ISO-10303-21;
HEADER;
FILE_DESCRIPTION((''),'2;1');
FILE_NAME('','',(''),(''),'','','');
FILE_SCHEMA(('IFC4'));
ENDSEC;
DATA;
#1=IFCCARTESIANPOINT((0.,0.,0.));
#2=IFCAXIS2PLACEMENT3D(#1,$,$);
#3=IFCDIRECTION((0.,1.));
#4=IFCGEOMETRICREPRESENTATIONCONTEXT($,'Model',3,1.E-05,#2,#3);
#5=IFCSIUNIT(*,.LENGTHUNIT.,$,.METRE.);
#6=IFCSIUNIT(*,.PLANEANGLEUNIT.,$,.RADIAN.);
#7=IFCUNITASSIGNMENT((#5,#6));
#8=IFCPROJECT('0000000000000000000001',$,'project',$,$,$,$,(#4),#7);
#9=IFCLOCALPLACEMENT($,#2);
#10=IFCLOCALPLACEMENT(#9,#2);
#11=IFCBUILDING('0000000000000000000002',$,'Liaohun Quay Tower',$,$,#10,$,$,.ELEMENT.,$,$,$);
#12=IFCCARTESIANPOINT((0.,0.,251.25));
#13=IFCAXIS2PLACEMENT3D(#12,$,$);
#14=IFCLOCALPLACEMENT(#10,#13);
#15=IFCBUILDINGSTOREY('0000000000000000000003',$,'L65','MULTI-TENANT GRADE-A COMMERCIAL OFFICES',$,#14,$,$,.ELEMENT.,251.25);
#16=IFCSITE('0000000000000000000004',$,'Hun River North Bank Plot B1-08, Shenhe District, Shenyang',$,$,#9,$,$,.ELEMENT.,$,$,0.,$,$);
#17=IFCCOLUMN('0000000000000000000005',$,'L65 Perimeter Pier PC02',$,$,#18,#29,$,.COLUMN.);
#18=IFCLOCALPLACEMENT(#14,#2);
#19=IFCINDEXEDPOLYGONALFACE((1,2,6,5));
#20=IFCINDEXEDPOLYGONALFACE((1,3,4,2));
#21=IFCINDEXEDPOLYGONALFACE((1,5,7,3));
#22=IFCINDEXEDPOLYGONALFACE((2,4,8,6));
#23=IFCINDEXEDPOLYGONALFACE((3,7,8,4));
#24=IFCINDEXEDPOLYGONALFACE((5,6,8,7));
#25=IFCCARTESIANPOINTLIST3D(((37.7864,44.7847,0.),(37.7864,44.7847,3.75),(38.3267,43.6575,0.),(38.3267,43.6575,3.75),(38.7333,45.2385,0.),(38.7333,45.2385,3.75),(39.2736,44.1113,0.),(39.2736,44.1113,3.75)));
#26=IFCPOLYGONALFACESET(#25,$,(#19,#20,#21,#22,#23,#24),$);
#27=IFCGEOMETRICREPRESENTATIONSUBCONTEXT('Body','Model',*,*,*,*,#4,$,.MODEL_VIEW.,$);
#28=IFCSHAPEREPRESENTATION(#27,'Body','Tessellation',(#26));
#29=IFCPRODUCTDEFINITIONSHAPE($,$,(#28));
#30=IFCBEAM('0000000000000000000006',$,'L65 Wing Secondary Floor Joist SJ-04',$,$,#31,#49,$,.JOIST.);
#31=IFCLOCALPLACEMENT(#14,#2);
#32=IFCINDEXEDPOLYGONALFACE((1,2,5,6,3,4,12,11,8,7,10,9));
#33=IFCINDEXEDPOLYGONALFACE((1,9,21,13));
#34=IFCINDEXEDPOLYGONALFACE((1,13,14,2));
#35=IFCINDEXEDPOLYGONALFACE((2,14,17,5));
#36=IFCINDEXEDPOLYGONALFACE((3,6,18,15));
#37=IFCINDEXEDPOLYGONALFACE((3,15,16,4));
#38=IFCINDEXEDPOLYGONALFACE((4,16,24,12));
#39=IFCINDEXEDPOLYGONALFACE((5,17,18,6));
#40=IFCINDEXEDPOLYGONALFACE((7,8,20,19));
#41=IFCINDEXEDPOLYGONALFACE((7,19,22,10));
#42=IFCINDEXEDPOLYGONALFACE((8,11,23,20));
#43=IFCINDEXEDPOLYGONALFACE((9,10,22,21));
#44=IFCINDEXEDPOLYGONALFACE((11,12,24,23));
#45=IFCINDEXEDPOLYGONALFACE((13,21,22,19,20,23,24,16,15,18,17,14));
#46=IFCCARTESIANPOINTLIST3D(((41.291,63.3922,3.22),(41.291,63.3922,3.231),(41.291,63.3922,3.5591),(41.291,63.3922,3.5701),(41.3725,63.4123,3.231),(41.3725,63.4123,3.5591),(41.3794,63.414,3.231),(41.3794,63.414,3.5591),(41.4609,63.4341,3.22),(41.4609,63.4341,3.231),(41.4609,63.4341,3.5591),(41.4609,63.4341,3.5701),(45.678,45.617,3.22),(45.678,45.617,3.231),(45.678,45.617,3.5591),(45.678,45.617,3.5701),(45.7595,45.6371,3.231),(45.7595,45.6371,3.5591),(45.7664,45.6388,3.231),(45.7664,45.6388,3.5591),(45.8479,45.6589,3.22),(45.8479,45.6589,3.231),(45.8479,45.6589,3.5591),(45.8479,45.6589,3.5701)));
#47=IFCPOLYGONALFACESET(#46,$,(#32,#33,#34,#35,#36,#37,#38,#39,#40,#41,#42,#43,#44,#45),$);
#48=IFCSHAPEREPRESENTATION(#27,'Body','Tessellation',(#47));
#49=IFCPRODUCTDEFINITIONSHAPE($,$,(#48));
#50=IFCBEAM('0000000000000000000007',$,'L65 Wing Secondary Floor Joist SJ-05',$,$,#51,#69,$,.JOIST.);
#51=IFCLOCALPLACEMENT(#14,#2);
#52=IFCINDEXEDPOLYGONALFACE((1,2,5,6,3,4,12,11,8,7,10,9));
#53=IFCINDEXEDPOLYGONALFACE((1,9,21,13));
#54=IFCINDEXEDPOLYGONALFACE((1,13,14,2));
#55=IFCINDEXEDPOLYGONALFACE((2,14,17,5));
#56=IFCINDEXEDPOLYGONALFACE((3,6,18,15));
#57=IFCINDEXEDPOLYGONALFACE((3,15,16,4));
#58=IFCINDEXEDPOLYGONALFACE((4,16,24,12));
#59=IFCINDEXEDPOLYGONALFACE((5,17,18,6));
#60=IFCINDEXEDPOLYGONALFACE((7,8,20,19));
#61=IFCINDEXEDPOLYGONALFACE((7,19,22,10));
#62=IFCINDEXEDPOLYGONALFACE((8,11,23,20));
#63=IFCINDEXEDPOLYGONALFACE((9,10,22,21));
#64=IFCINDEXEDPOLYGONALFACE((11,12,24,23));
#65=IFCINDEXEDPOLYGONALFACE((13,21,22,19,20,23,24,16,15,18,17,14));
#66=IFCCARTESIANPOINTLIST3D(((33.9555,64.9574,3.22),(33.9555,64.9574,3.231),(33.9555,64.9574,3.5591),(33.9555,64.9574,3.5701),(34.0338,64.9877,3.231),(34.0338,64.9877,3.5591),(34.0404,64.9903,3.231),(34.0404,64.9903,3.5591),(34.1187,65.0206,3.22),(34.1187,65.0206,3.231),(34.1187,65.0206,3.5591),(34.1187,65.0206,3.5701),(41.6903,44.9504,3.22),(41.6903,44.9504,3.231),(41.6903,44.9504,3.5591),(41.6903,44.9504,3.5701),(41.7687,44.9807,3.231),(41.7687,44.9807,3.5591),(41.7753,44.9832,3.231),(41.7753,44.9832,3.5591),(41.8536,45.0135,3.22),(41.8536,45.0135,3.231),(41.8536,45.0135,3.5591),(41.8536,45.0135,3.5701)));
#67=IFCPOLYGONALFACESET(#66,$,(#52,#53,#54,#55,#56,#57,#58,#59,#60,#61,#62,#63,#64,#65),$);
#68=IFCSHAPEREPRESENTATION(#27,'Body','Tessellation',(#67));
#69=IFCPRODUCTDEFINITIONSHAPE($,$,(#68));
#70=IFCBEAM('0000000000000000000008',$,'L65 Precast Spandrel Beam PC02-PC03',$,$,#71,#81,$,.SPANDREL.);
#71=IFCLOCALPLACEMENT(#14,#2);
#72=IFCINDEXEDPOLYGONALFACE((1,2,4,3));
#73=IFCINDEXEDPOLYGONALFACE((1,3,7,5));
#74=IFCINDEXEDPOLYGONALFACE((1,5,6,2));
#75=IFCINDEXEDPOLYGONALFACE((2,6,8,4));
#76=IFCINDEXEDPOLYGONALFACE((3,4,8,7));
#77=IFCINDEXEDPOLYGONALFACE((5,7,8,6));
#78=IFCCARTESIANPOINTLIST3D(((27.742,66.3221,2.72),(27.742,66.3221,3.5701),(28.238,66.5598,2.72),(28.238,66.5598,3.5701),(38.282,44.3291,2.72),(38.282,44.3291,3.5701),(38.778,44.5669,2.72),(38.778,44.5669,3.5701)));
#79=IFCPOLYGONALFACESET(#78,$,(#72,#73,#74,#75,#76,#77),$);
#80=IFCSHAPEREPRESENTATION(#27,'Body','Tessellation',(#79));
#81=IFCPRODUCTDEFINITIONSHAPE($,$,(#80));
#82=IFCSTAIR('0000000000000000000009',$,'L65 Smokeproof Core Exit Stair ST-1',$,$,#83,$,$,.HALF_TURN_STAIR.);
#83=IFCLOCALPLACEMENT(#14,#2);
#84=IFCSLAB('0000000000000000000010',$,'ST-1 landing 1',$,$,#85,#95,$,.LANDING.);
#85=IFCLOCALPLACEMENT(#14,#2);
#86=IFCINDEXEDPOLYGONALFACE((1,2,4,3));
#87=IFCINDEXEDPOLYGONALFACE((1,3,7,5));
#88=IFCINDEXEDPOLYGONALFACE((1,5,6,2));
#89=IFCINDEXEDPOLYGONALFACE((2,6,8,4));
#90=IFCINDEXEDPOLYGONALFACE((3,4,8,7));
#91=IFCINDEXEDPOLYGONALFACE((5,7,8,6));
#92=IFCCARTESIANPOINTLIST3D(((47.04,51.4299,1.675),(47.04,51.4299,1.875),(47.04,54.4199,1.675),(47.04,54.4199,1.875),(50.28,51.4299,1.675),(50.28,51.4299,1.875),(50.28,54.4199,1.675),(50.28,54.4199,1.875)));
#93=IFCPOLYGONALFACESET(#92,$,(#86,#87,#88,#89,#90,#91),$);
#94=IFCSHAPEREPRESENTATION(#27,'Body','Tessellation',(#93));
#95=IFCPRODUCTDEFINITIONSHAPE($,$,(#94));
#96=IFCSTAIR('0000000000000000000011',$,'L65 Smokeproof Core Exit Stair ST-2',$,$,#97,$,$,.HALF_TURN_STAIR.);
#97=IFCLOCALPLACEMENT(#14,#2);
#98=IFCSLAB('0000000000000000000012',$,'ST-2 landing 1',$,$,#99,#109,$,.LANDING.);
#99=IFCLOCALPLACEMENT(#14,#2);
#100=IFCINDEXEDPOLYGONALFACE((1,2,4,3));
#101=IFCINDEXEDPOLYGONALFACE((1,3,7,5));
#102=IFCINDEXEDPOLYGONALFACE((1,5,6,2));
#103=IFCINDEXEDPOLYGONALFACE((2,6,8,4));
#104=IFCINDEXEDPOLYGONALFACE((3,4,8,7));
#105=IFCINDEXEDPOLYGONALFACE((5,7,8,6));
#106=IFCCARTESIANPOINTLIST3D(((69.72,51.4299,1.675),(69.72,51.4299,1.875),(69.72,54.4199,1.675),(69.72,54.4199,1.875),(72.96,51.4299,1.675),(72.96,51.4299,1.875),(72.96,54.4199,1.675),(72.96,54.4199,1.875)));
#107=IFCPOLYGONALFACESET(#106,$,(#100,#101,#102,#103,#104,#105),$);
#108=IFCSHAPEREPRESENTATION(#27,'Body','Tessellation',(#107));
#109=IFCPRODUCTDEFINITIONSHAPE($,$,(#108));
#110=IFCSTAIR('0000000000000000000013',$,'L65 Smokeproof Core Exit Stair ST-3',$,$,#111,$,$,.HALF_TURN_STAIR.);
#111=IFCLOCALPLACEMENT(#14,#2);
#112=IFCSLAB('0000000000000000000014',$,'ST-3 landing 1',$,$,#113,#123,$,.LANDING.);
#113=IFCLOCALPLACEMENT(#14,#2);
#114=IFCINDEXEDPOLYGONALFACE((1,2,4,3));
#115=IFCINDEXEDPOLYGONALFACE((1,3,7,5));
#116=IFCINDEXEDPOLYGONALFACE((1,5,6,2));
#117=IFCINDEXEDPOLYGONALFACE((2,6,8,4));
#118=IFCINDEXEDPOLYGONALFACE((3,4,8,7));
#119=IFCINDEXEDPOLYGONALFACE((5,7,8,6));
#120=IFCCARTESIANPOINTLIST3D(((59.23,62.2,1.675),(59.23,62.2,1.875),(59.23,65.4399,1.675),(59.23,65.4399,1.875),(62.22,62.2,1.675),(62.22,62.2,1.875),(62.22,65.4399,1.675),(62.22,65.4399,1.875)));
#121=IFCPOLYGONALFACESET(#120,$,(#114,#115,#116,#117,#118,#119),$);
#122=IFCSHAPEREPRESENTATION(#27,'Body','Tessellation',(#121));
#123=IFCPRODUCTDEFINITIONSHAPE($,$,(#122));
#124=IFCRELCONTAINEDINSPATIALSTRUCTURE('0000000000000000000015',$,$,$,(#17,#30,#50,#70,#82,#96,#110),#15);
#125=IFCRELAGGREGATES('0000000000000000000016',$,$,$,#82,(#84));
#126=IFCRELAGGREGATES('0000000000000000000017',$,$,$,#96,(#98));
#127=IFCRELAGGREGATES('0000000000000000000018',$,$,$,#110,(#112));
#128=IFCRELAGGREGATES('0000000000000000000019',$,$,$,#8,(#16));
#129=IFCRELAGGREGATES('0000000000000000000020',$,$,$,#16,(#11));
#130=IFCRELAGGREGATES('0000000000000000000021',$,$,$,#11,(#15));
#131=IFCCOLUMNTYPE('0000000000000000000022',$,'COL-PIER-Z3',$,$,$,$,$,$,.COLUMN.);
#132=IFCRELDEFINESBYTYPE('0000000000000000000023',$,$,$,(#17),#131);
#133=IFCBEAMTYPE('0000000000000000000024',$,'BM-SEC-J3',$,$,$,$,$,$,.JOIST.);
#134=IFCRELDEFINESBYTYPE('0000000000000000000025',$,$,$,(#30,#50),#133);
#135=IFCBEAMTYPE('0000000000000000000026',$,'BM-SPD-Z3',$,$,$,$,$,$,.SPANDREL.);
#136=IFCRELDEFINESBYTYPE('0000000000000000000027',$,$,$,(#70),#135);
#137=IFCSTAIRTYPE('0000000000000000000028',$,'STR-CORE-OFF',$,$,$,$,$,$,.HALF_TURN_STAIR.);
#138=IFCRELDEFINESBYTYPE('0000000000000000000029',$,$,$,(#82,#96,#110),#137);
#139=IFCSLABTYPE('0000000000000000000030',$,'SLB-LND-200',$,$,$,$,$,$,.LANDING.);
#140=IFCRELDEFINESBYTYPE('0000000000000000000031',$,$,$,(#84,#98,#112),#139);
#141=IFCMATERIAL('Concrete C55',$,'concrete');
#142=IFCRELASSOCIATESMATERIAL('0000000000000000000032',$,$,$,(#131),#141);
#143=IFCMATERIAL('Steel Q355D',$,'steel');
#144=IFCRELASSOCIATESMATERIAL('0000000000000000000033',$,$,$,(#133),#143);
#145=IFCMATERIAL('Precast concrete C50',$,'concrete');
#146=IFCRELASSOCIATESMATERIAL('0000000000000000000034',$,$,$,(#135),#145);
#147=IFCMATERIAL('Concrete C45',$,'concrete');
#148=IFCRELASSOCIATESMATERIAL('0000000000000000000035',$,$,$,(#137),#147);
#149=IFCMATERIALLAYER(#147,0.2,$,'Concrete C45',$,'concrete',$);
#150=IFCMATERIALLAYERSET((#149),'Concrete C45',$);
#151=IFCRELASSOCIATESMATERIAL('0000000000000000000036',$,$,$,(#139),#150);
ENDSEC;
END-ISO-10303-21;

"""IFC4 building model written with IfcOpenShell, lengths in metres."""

from ifc_helpers import new_model, si_unit, direction, frame, origin, origin_2d, place, context, subcontext, project, spatial, polyline, rectangle, i_section, outline, extrude, source, transform, mapped, material, layer, layer_set, material_profile, profile_set, type_object, element, aggregate, save


model = new_model("IFC4")

# Units and contexts
model_context = context("Model", 3, precision=1e-05, world=origin(), true_north=direction((0.0, 1.0)))
body_context = subcontext(model_context, "Body", "Model", "MODEL_VIEW")
ifc_project = project(units=[si_unit("LENGTHUNIT", "METRE"), si_unit("PLANEANGLEUNIT", "RADIAN")], contexts=[model_context])

# Site, building, storey
site_placement = place(None, origin())
site = spatial("IfcSite", under=ifc_project, at=site_placement, Name="Hun River North Bank Plot B1-08, Shenhe District, Shenyang", CompositionType="ELEMENT", RefElevation=0.0)
building_placement = place(site_placement, origin())
building = spatial("IfcBuilding", under=site, at=building_placement, Name="Liaohun Quay Tower", CompositionType="ELEMENT")
storey_placement = place(building_placement, frame((0.0, 0.0, 251.25)))
storey = spatial("IfcBuildingStorey", under=building, at=storey_placement, Name="L65", Description="MULTI-TENANT GRADE-A COMMERCIAL OFFICES", CompositionType="ELEMENT", Elevation=251.25)

# Column
ifc_material_1 = material(Name="Concrete C55", Category="concrete")
ifc_material_profile_1 = material_profile(ifc_material_1, rectangle(XDim=1.25, YDim=1.05, at=origin_2d()), Name="RC1250x1050")
ifc_profile_set_1 = profile_set([ifc_material_profile_1], Name="Concrete C55")
column_type = type_object("IfcColumnType", Name="COL-PIER-Z3", PredefinedType="COLUMN", material=ifc_profile_set_1)
shared_shape_1 = source(origin(), body_context, "Body", "SweptSolid", [
    extrude(rectangle(XDim=1.25, YDim=1.05, at=origin_2d()), origin(), (0.0, 0.0, 1.0), 3.75),
])
column_placement = place(storey_placement, frame((38.53, 44.448, 0.0), z_axis=(0.0, 0.0, 1.0), x_axis=(-0.432243, 0.901757, 0.0)))
element("IfcColumn", 1, at=column_placement, inside=storey, type_object=column_type, Name="L65 Perimeter Pier PC02", PredefinedType="COLUMN", context=body_context, shape_type="MappedRepresentation", body=[
    mapped(shared_shape_1, transform((0.0, 0.0, 0.0), x_axis=(1.0, 0.0, 0.0), y_axis=(0.0, 1.0, 0.0), z_axis=(0.0, 0.0, 1.0), scale=1.0)),
])

# Beams
ifc_material_2 = material(Name="Steel Q355D", Category="steel")
ifc_material_profile_2 = material_profile(ifc_material_2, i_section(OverallWidth=0.175, OverallDepth=0.3501, WebThickness=0.0071, FlangeThickness=0.011, at=origin_2d()), Name="HN350x175x7x11")
ifc_profile_set_2 = profile_set([ifc_material_profile_2], Name="Steel Q355D")
beam_type_1 = type_object("IfcBeamType", Name="BM-SEC-J3", PredefinedType="JOIST", material=ifc_profile_set_2)
shared_shape_2 = source(origin(), body_context, "Body", "SweptSolid", [
    extrude(i_section(OverallWidth=0.175, OverallDepth=0.3501, WebThickness=0.0071, FlangeThickness=0.011, at=origin_2d()), origin(), (0.0, 0.0, 1.0), 18.3086),
])
beam_1_placement = place(storey_placement, frame((45.7629, 45.6379, 3.395), z_axis=(-0.239613, 0.970868, 0.0), x_axis=(-0.970868, -0.239613, 0.0)))
element("IfcBeam", 2, at=beam_1_placement, inside=storey, type_object=beam_type_1, Name="L65 Wing Secondary Floor Joist SJ-04", PredefinedType="JOIST", context=body_context, shape_type="MappedRepresentation", body=[
    mapped(shared_shape_2, transform((0.0, 0.0, 0.0), x_axis=(1.0, 0.0, 0.0), y_axis=(0.0, 1.0, 0.0), z_axis=(0.0, 0.0, 1.0), scale=1.0)),
])
shared_shape_3 = source(origin(), body_context, "Body", "SweptSolid", [
    extrude(i_section(OverallWidth=0.175, OverallDepth=0.3501, WebThickness=0.0071, FlangeThickness=0.011, at=origin_2d()), origin(), (0.0, 0.0, 1.0), 21.4502),
])
beam_2_placement = place(storey_placement, frame((41.772, 44.9819, 3.395), z_axis=(-0.360596, 0.932722, 0.0), x_axis=(-0.932722, -0.360596, 0.0)))
element("IfcBeam", 3, at=beam_2_placement, inside=storey, type_object=beam_type_1, Name="L65 Wing Secondary Floor Joist SJ-05", PredefinedType="JOIST", context=body_context, shape_type="MappedRepresentation", body=[
    mapped(shared_shape_3, transform((0.0, 0.0, 0.0), x_axis=(1.0, 0.0, 0.0), y_axis=(0.0, 1.0, 0.0), z_axis=(0.0, 0.0, 1.0), scale=1.0)),
])
ifc_material_3 = material(Name="Precast concrete C50", Category="concrete")
ifc_material_profile_3 = material_profile(ifc_material_3, rectangle(XDim=0.55, YDim=0.8501, at=origin_2d()), Name="RC550x850")
ifc_profile_set_3 = profile_set([ifc_material_profile_3], Name="Precast concrete C50")
beam_type_2 = type_object("IfcBeamType", Name="BM-SPD-Z3", PredefinedType="SPANDREL", material=ifc_profile_set_3)
shared_shape_4 = source(origin(), body_context, "Body", "SweptSolid", [
    extrude(rectangle(XDim=0.55, YDim=0.8501, at=origin_2d()), origin(), (0.0, 0.0, 1.0), 24.3882),
])
beam_3_placement = place(storey_placement, frame((38.53, 44.448, 3.145), z_axis=(-0.432179, 0.901788, 0.0), x_axis=(-0.901788, -0.432179, 0.0)))
element("IfcBeam", 4, at=beam_3_placement, inside=storey, type_object=beam_type_2, Name="L65 Precast Spandrel Beam PC02-PC03", PredefinedType="SPANDREL", context=body_context, shape_type="MappedRepresentation", body=[
    mapped(shared_shape_4, transform((0.0, 0.0, 0.0), x_axis=(1.0, 0.0, 0.0), y_axis=(0.0, 1.0, 0.0), z_axis=(0.0, 0.0, 1.0), scale=1.0)),
])

# Stairs, slabs
ifc_material_4 = material(Name="Concrete C45", Category="concrete")
stair_type = type_object("IfcStairType", Name="STR-CORE-OFF", PredefinedType="HALF_TURN_STAIR", material=ifc_material_4)
stair_1_placement = place(storey_placement, origin())
stair_1 = element("IfcStair", 5, at=stair_1_placement, inside=storey, type_object=stair_type, Name="L65 Smokeproof Core Exit Stair ST-1", PredefinedType="HALF_TURN_STAIR")
ifc_layer_1 = layer(ifc_material_4, 0.2, Name="Concrete C45", Category="concrete")
ifc_layer_set_1 = layer_set([ifc_layer_1], Name="Concrete C45")
slab_type_1 = type_object("IfcSlabType", Name="SLB-LND-200", PredefinedType="LANDING", material=ifc_layer_set_1)
slab_1_placement = place(storey_placement, frame((0.0, 0.0, 1.675)))
slab_1 = element("IfcSlab", 6, at=slab_1_placement, type_object=slab_type_1, Name="ST-1 landing 1", PredefinedType="LANDING", context=body_context, shape_type="SweptSolid", body=[
    extrude(outline(polyline([(50.28, 51.4299), (50.28, 54.4199), (47.04, 54.4199), (47.04, 51.4299), (50.28, 51.4299)])), origin(), (0.0, 0.0, 1.0), 0.2),
])
aggregate(stair_1, [slab_1])
stair_2_placement = place(storey_placement, origin())
stair_2 = element("IfcStair", 7, at=stair_2_placement, inside=storey, type_object=stair_type, Name="L65 Smokeproof Core Exit Stair ST-2", PredefinedType="HALF_TURN_STAIR")
slab_2_placement = place(storey_placement, frame((0.0, 0.0, 1.675)))
slab_2 = element("IfcSlab", 8, at=slab_2_placement, type_object=slab_type_1, Name="ST-2 landing 1", PredefinedType="LANDING", context=body_context, shape_type="SweptSolid", body=[
    extrude(outline(polyline([(72.96, 51.4299), (72.96, 54.4199), (69.72, 54.4199), (69.72, 51.4299), (72.96, 51.4299)])), origin(), (0.0, 0.0, 1.0), 0.2),
])
aggregate(stair_2, [slab_2])
stair_3_placement = place(storey_placement, origin())
stair_3 = element("IfcStair", 9, at=stair_3_placement, inside=storey, type_object=stair_type, Name="L65 Smokeproof Core Exit Stair ST-3", PredefinedType="HALF_TURN_STAIR")
slab_3_placement = place(storey_placement, frame((0.0, 0.0, 1.675)))
slab_3 = element("IfcSlab", 10, at=slab_3_placement, type_object=slab_type_1, Name="ST-3 landing 1", PredefinedType="LANDING", context=body_context, shape_type="SweptSolid", body=[
    extrude(outline(polyline([(59.23, 62.2), (62.22, 62.2), (62.22, 65.4399), (59.23, 65.4399), (59.23, 62.2)])), origin(), (0.0, 0.0, 1.0), 0.2),
])
aggregate(stair_3, [slab_3])

save(model, "model.ifc")
